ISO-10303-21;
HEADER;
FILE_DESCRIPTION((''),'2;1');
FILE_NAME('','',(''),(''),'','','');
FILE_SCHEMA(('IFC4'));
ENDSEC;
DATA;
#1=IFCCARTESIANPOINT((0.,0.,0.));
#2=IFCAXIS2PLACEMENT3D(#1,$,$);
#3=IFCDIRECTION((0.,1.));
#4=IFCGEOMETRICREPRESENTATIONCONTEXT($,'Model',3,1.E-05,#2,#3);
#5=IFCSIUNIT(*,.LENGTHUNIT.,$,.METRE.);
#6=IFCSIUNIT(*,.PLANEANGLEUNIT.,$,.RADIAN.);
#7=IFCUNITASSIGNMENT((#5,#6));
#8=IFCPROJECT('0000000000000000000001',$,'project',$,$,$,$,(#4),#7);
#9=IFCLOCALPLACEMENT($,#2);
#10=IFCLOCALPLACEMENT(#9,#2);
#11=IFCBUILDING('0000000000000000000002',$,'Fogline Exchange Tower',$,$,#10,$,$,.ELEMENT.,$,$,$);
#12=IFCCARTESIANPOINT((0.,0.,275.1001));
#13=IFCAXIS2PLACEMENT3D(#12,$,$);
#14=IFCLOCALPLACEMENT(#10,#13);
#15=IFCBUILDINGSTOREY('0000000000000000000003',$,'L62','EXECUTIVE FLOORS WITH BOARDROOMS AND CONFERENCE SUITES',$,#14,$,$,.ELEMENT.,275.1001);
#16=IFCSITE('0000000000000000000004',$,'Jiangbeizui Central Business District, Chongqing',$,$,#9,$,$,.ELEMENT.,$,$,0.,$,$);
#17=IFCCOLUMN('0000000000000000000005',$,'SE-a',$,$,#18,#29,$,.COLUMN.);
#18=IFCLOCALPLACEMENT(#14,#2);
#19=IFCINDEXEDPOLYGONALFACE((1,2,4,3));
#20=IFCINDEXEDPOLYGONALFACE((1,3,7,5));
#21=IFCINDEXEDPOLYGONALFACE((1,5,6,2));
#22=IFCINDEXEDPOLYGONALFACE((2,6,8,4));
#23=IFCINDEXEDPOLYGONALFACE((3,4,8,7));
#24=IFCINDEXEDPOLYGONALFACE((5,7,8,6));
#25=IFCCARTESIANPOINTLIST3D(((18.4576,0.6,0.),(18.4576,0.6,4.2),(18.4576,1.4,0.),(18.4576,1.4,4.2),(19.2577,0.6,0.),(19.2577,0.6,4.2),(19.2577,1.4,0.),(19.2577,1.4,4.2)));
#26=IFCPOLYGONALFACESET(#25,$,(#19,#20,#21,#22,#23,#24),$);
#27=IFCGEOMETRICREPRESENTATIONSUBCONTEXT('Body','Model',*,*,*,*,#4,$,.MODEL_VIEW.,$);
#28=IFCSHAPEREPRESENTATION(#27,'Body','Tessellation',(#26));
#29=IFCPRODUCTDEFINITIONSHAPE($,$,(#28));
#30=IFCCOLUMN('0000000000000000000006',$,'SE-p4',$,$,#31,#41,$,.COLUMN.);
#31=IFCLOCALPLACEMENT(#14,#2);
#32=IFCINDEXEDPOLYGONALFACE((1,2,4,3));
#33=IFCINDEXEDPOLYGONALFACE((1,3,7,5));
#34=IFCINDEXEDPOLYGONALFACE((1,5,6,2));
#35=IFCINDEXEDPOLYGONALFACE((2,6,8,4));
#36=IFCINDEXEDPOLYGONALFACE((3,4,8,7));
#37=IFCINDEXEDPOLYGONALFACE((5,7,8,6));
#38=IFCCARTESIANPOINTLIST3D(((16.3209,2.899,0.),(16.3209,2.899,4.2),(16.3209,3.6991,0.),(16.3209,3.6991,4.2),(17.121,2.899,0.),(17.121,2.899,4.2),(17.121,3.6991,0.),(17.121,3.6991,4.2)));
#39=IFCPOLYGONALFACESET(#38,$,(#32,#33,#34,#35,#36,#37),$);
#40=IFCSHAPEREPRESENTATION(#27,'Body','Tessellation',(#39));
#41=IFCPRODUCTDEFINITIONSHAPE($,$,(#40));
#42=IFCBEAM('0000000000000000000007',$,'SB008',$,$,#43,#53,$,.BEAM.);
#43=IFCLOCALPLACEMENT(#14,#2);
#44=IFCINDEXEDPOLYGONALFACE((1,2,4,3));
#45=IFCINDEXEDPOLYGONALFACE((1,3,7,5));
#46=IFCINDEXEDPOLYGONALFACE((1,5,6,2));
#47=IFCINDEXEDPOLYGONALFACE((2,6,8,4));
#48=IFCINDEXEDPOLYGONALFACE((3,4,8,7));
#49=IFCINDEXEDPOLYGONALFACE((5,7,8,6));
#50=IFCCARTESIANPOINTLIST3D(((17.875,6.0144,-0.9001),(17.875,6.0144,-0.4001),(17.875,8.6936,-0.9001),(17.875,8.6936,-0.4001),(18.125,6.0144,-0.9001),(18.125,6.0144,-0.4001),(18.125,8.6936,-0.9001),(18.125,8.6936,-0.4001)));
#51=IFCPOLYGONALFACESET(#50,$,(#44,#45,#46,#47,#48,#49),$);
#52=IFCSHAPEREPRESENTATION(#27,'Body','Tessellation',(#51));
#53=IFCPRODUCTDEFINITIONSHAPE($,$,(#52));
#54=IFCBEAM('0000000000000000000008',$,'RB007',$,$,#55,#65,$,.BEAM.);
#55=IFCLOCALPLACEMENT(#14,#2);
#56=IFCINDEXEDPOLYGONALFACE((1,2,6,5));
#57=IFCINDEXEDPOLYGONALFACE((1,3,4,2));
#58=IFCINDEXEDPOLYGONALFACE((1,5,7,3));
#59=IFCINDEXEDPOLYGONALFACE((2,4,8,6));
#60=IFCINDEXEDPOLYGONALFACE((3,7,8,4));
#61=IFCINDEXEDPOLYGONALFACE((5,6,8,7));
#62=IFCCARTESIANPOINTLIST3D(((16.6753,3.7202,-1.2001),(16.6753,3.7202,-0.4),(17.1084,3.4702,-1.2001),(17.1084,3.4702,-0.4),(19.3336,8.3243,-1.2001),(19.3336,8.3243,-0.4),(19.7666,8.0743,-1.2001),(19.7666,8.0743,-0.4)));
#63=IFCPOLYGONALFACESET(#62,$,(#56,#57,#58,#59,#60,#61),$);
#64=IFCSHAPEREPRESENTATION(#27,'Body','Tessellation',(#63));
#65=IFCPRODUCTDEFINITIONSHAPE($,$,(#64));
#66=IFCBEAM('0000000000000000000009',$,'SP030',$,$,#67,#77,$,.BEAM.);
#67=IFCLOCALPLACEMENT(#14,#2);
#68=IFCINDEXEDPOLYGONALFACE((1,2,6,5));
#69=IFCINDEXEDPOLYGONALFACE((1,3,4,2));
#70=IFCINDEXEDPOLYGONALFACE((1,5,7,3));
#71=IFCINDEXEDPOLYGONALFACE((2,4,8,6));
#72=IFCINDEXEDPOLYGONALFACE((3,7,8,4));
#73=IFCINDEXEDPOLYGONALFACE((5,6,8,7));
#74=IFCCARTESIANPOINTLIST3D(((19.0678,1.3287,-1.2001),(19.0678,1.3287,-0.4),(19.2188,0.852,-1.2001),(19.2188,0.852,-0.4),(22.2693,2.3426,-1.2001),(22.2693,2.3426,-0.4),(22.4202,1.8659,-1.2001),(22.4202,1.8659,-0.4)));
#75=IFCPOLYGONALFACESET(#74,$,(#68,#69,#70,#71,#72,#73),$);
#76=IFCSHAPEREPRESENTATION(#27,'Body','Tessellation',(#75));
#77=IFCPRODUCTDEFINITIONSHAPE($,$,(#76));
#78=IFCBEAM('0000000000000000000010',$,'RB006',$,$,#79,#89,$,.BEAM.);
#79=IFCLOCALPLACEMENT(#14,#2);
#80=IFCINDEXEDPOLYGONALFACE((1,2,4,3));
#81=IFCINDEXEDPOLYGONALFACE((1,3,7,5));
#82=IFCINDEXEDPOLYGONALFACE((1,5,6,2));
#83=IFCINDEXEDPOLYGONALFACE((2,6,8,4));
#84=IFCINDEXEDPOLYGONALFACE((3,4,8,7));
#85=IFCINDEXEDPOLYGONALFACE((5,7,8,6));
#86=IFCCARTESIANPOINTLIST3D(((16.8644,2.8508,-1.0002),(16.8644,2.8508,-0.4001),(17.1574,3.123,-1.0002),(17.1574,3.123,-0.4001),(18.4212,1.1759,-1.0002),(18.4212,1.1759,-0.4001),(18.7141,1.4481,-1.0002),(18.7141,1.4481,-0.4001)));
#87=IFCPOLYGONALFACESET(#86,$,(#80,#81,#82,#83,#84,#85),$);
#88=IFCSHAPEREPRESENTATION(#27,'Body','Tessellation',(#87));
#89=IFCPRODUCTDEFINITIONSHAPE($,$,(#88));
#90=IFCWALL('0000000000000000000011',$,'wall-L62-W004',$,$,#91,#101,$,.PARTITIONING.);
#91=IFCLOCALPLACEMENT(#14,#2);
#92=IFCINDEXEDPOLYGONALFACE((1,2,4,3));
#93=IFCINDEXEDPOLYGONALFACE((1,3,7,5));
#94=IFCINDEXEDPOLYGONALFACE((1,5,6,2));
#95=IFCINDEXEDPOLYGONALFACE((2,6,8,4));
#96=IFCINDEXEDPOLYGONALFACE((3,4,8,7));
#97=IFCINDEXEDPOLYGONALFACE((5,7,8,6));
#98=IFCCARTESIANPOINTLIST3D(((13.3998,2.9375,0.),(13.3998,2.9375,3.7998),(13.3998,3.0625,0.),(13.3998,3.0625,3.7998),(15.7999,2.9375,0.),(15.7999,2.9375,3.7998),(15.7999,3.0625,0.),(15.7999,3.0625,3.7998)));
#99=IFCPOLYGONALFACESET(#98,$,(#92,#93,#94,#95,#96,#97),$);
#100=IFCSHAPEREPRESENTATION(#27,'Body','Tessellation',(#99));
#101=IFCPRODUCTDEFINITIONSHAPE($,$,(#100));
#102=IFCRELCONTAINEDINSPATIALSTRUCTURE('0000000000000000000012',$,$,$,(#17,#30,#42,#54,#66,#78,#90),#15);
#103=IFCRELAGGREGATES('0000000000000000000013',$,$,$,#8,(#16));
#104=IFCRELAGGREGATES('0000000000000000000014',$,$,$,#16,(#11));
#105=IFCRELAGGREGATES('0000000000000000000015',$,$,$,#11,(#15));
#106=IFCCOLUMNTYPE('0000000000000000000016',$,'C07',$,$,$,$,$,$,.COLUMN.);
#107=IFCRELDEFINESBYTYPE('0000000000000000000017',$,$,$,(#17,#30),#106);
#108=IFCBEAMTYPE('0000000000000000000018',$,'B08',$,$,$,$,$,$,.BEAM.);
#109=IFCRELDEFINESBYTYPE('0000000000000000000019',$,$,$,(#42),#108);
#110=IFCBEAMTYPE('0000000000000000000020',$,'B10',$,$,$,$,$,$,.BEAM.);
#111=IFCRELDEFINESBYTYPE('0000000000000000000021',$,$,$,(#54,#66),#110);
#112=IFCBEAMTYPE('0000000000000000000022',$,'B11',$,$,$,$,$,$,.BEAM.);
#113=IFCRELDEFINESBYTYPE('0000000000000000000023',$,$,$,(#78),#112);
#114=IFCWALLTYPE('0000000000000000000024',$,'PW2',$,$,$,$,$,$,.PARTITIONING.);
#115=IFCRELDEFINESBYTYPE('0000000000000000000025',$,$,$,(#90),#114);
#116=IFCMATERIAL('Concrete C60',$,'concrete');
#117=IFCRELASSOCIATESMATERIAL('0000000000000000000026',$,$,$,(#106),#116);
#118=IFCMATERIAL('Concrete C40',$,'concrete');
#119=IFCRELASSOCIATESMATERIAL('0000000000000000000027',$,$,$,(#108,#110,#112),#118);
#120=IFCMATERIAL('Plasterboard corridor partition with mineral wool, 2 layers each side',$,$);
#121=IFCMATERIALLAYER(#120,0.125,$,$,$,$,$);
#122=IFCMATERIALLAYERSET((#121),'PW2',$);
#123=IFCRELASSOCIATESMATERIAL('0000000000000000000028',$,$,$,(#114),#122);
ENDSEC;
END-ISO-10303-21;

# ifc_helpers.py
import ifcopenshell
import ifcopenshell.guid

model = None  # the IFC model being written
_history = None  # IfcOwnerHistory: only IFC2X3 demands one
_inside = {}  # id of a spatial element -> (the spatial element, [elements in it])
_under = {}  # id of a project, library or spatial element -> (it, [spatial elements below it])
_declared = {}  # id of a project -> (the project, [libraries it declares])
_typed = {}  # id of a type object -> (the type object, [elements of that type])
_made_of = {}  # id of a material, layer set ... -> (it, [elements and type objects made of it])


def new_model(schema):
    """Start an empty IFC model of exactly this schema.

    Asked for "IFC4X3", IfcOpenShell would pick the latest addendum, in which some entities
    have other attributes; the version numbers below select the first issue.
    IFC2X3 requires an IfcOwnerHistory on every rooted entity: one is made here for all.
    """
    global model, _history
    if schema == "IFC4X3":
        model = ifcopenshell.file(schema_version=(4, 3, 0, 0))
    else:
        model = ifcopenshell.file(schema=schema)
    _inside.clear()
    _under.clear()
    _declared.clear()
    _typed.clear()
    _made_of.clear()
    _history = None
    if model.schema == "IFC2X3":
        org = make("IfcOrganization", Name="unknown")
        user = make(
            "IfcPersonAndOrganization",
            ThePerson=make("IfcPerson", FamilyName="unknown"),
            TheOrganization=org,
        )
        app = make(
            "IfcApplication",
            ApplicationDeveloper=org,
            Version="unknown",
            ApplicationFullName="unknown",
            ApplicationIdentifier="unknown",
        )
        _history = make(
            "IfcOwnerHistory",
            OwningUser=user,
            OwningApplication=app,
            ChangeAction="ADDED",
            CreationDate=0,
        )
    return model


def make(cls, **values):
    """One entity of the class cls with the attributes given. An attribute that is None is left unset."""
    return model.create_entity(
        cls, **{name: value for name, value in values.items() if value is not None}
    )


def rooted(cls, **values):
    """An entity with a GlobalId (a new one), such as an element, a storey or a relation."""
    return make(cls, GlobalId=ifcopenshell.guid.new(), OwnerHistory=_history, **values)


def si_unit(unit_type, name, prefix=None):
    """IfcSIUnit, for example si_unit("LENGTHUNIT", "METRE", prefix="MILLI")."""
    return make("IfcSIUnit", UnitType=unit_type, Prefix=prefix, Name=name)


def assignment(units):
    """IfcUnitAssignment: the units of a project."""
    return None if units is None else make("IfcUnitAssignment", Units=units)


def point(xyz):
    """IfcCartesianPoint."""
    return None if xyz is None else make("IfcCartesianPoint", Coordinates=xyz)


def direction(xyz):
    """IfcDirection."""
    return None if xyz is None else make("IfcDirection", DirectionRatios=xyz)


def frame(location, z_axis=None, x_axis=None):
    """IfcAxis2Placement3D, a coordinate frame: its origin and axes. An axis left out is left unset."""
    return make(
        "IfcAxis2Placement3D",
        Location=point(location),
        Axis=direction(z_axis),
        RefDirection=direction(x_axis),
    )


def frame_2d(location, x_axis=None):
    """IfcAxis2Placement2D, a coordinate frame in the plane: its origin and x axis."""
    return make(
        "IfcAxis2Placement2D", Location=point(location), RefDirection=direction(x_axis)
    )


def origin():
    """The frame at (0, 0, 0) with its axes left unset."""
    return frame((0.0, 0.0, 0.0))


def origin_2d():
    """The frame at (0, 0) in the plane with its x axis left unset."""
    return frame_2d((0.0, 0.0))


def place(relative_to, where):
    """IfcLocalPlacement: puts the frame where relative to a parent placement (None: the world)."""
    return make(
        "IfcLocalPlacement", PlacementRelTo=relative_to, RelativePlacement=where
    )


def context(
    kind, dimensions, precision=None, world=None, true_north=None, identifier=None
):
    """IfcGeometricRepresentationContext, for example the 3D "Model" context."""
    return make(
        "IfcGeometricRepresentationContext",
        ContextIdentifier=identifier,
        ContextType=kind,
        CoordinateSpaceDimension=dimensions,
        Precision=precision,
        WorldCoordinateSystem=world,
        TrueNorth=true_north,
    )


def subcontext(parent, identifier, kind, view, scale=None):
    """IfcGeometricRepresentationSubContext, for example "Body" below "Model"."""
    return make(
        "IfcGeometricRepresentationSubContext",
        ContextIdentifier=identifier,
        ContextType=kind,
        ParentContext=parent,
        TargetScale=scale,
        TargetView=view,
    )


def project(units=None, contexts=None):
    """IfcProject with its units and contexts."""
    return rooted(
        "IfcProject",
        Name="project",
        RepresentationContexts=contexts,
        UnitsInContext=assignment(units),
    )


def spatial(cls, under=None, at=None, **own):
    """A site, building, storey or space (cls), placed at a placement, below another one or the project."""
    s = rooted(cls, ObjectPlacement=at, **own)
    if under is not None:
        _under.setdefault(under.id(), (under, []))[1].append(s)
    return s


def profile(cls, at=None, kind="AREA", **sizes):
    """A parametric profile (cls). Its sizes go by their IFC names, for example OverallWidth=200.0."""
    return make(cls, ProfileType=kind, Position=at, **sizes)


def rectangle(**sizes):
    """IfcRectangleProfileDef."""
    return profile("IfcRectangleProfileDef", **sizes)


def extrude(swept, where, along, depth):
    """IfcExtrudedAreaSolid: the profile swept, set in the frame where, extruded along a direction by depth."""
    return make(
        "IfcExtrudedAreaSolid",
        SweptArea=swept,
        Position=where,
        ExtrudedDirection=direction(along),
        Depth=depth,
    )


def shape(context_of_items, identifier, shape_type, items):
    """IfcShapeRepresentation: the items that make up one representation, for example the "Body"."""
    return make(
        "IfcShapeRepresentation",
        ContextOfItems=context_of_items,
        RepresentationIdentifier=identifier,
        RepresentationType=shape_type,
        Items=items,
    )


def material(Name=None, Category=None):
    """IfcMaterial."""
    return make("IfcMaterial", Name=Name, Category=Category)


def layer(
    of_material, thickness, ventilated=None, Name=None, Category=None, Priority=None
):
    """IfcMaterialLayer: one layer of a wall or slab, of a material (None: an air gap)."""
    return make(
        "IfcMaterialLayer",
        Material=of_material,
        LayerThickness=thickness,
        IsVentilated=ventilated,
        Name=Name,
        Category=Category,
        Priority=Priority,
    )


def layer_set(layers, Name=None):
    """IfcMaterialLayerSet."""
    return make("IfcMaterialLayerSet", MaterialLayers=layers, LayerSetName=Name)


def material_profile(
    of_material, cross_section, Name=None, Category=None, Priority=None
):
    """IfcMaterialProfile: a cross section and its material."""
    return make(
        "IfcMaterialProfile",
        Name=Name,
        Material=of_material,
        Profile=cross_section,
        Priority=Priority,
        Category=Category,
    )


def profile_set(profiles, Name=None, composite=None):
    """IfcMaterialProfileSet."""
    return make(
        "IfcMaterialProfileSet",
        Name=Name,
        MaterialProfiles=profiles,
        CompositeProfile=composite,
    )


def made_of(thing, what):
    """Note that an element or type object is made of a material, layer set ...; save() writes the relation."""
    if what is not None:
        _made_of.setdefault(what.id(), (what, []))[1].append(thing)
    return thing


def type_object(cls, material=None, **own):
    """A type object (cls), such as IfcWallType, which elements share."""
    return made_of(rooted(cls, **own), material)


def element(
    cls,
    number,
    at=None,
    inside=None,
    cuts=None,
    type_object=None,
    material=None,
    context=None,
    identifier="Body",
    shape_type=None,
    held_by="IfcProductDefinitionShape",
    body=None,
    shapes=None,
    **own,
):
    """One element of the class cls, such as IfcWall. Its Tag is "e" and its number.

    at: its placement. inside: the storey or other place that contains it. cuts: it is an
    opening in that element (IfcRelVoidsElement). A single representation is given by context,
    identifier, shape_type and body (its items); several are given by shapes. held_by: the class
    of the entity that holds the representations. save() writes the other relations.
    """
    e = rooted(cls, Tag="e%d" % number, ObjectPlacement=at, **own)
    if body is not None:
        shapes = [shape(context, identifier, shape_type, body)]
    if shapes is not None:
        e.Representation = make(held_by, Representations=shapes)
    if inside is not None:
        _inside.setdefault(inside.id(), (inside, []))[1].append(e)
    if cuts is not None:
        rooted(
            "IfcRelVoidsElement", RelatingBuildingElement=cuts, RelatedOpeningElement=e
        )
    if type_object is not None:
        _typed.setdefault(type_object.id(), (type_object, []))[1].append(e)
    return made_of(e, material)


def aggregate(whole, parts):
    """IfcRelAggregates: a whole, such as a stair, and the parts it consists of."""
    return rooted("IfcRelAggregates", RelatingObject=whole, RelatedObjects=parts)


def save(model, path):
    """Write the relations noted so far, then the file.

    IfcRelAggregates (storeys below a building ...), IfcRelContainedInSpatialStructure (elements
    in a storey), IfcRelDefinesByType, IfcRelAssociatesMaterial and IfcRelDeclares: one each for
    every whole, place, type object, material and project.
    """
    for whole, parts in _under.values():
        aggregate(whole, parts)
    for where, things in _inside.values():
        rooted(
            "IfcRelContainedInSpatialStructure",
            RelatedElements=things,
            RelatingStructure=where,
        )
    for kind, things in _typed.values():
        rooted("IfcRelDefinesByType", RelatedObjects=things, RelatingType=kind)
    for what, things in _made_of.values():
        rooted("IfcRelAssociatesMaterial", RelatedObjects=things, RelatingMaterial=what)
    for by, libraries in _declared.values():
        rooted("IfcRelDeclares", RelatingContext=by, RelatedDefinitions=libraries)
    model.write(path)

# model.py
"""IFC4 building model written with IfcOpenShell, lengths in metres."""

from ifc_helpers import new_model, si_unit, direction, frame, frame_2d, origin, origin_2d, place, context, subcontext, project, spatial, rectangle, extrude, material, layer, layer_set, material_profile, profile_set, type_object, element, save


model = new_model("IFC4")

# Units and contexts
model_context = context("Model", 3, precision=1e-05, world=origin(), true_north=direction((0.0, 1.0)))
body_context = subcontext(model_context, "Body", "Model", "MODEL_VIEW")
ifc_project = project(units=[si_unit("LENGTHUNIT", "METRE"), si_unit("PLANEANGLEUNIT", "RADIAN")], contexts=[model_context])

# Site, building, storey
site_placement = place(None, origin())
site = spatial("IfcSite", under=ifc_project, at=site_placement, Name="Jiangbeizui Central Business District, Chongqing", CompositionType="ELEMENT", RefElevation=0.0)
building_placement = place(site_placement, origin())
building = spatial("IfcBuilding", under=site, at=building_placement, Name="Fogline Exchange Tower", CompositionType="ELEMENT")
storey_placement = place(building_placement, frame((0.0, 0.0, 275.1001)))
storey = spatial("IfcBuildingStorey", under=building, at=storey_placement, Name="L62", Description="EXECUTIVE FLOORS WITH BOARDROOMS AND CONFERENCE SUITES", CompositionType="ELEMENT", Elevation=275.1001)

# Columns
ifc_material_1 = material(Name="Concrete C60", Category="concrete")
ifc_material_profile_1 = material_profile(ifc_material_1, rectangle(XDim=0.8, YDim=0.8, at=origin_2d()), Name="RC 800x800")
ifc_profile_set_1 = profile_set([ifc_material_profile_1], Name="Concrete C60")
column_type = type_object("IfcColumnType", Name="C07", PredefinedType="COLUMN", material=ifc_profile_set_1)
for number, where, z_axis, x_axis, name in (
    (1, (18.8577, 1.0, 0.0), (0.0, 0.0, 1.0), (1.0, 0.0, 0.0), "SE-a"),
    (2, (16.7209, 3.2991, 0.0), (0.0, 0.0, 1.0), (1.0, 0.0, 0.0), "SE-p4"),
):
    element("IfcColumn", number, at=place(storey_placement, frame(where, z_axis=z_axis, x_axis=x_axis)), inside=storey, type_object=column_type, Name=name, PredefinedType="COLUMN", context=body_context, shape_type="SweptSolid", body=[
        extrude(rectangle(XDim=0.8, YDim=0.8, at=origin_2d()), origin(), (0.0, 0.0, 1.0), 4.2),
    ])

# Beams
ifc_material_2 = material(Name="Concrete C40", Category="concrete")
ifc_material_profile_2 = material_profile(ifc_material_2, rectangle(XDim=0.25, YDim=0.5, at=origin_2d()), Name="RC 250x500")
ifc_profile_set_2 = profile_set([ifc_material_profile_2], Name="Concrete C40")
beam_type_1 = type_object("IfcBeamType", Name="B08", PredefinedType="BEAM", material=ifc_profile_set_2)
beam_1_placement = place(storey_placement, frame((18.0, 6.0144, -0.6501), z_axis=(0.0, 1.0, 0.0), x_axis=(-1.0, 0.0, 0.0)))
element("IfcBeam", 3, at=beam_1_placement, inside=storey, type_object=beam_type_1, Name="SB008", PredefinedType="BEAM", context=body_context, shape_type="SweptSolid", body=[
    extrude(rectangle(XDim=0.25, YDim=0.5, at=origin_2d()), origin(), (0.0, 0.0, 1.0), 2.6792),
])
ifc_material_profile_3 = material_profile(ifc_material_2, rectangle(XDim=0.5, YDim=0.8, at=origin_2d()), Name="RC 500x800")
ifc_profile_set_3 = profile_set([ifc_material_profile_3], Name="Concrete C40")
beam_type_2 = type_object("IfcBeamType", Name="B10", PredefinedType="BEAM", material=ifc_profile_set_3)
beam_2_placement = place(storey_placement, frame((16.8918, 3.5952, -0.8), z_axis=(0.500011, 0.866019, 0.0), x_axis=(-0.866019, 0.500011, 0.0)))
element("IfcBeam", 4, at=beam_2_placement, inside=storey, type_object=beam_type_2, Name="RB007", PredefinedType="BEAM", context=body_context, shape_type="SweptSolid", body=[
    extrude(rectangle(XDim=0.5, YDim=0.8, at=origin_2d()), origin(), (0.0, 0.0, 1.0), 5.3164),
])
beam_3_placement = place(storey_placement, frame((19.1433, 1.0903, -0.8), z_axis=(0.953331, 0.301928, 0.0), x_axis=(-0.301928, 0.953331, 0.0)))
element("IfcBeam", 5, at=beam_3_placement, inside=storey, type_object=beam_type_2, Name="SP030", PredefinedType="BEAM", context=body_context, shape_type="SweptSolid", body=[
    extrude(rectangle(XDim=0.5, YDim=0.8, at=origin_2d()), origin(), (0.0, 0.0, 1.0), 3.3582),
])
ifc_material_profile_4 = material_profile(ifc_material_2, rectangle(XDim=0.3999, YDim=0.6001, at=origin_2d()), Name="RC 400x600")
ifc_profile_set_4 = profile_set([ifc_material_profile_4], Name="Concrete C40")
beam_type_3 = type_object("IfcBeamType", Name="B11", PredefinedType="BEAM", material=ifc_profile_set_4)
beam_4_placement = place(storey_placement, frame((18.5676, 1.312, -0.7002), z_axis=(-0.680795, 0.732474, 0.0), x_axis=(-0.732474, -0.680795, 0.0)))
element("IfcBeam", 6, at=beam_4_placement, inside=storey, type_object=beam_type_3, Name="RB006", PredefinedType="BEAM", context=body_context, shape_type="SweptSolid", body=[
    extrude(rectangle(XDim=0.3999, YDim=0.6001, at=origin_2d()), origin(), (0.0, 0.0, 1.0), 2.2866),
])

# Wall
ifc_material_3 = material(Name="Plasterboard corridor partition with mineral wool, 2 layers each side")
ifc_layer = layer(ifc_material_3, 0.125)
ifc_layer_set = layer_set([ifc_layer], Name="PW2")
wall_type = type_object("IfcWallType", Name="PW2", PredefinedType="PARTITIONING", material=ifc_layer_set)
wall_placement = place(storey_placement, frame((15.8, 3.0, 0.0), z_axis=(0.0, 0.0, 1.0), x_axis=(-1.0, 0.0, 0.0)))
element("IfcWall", 7, at=wall_placement, inside=storey, type_object=wall_type, Name="wall-L62-W004", PredefinedType="PARTITIONING", context=body_context, shape_type="SweptSolid", body=[
    extrude(rectangle(XDim=2.4001, YDim=0.125, at=frame_2d((1.2002, 0.0))), origin(), (0.0, 0.0, 1.0), 3.7998),
])

save(model, "model.ifc")
